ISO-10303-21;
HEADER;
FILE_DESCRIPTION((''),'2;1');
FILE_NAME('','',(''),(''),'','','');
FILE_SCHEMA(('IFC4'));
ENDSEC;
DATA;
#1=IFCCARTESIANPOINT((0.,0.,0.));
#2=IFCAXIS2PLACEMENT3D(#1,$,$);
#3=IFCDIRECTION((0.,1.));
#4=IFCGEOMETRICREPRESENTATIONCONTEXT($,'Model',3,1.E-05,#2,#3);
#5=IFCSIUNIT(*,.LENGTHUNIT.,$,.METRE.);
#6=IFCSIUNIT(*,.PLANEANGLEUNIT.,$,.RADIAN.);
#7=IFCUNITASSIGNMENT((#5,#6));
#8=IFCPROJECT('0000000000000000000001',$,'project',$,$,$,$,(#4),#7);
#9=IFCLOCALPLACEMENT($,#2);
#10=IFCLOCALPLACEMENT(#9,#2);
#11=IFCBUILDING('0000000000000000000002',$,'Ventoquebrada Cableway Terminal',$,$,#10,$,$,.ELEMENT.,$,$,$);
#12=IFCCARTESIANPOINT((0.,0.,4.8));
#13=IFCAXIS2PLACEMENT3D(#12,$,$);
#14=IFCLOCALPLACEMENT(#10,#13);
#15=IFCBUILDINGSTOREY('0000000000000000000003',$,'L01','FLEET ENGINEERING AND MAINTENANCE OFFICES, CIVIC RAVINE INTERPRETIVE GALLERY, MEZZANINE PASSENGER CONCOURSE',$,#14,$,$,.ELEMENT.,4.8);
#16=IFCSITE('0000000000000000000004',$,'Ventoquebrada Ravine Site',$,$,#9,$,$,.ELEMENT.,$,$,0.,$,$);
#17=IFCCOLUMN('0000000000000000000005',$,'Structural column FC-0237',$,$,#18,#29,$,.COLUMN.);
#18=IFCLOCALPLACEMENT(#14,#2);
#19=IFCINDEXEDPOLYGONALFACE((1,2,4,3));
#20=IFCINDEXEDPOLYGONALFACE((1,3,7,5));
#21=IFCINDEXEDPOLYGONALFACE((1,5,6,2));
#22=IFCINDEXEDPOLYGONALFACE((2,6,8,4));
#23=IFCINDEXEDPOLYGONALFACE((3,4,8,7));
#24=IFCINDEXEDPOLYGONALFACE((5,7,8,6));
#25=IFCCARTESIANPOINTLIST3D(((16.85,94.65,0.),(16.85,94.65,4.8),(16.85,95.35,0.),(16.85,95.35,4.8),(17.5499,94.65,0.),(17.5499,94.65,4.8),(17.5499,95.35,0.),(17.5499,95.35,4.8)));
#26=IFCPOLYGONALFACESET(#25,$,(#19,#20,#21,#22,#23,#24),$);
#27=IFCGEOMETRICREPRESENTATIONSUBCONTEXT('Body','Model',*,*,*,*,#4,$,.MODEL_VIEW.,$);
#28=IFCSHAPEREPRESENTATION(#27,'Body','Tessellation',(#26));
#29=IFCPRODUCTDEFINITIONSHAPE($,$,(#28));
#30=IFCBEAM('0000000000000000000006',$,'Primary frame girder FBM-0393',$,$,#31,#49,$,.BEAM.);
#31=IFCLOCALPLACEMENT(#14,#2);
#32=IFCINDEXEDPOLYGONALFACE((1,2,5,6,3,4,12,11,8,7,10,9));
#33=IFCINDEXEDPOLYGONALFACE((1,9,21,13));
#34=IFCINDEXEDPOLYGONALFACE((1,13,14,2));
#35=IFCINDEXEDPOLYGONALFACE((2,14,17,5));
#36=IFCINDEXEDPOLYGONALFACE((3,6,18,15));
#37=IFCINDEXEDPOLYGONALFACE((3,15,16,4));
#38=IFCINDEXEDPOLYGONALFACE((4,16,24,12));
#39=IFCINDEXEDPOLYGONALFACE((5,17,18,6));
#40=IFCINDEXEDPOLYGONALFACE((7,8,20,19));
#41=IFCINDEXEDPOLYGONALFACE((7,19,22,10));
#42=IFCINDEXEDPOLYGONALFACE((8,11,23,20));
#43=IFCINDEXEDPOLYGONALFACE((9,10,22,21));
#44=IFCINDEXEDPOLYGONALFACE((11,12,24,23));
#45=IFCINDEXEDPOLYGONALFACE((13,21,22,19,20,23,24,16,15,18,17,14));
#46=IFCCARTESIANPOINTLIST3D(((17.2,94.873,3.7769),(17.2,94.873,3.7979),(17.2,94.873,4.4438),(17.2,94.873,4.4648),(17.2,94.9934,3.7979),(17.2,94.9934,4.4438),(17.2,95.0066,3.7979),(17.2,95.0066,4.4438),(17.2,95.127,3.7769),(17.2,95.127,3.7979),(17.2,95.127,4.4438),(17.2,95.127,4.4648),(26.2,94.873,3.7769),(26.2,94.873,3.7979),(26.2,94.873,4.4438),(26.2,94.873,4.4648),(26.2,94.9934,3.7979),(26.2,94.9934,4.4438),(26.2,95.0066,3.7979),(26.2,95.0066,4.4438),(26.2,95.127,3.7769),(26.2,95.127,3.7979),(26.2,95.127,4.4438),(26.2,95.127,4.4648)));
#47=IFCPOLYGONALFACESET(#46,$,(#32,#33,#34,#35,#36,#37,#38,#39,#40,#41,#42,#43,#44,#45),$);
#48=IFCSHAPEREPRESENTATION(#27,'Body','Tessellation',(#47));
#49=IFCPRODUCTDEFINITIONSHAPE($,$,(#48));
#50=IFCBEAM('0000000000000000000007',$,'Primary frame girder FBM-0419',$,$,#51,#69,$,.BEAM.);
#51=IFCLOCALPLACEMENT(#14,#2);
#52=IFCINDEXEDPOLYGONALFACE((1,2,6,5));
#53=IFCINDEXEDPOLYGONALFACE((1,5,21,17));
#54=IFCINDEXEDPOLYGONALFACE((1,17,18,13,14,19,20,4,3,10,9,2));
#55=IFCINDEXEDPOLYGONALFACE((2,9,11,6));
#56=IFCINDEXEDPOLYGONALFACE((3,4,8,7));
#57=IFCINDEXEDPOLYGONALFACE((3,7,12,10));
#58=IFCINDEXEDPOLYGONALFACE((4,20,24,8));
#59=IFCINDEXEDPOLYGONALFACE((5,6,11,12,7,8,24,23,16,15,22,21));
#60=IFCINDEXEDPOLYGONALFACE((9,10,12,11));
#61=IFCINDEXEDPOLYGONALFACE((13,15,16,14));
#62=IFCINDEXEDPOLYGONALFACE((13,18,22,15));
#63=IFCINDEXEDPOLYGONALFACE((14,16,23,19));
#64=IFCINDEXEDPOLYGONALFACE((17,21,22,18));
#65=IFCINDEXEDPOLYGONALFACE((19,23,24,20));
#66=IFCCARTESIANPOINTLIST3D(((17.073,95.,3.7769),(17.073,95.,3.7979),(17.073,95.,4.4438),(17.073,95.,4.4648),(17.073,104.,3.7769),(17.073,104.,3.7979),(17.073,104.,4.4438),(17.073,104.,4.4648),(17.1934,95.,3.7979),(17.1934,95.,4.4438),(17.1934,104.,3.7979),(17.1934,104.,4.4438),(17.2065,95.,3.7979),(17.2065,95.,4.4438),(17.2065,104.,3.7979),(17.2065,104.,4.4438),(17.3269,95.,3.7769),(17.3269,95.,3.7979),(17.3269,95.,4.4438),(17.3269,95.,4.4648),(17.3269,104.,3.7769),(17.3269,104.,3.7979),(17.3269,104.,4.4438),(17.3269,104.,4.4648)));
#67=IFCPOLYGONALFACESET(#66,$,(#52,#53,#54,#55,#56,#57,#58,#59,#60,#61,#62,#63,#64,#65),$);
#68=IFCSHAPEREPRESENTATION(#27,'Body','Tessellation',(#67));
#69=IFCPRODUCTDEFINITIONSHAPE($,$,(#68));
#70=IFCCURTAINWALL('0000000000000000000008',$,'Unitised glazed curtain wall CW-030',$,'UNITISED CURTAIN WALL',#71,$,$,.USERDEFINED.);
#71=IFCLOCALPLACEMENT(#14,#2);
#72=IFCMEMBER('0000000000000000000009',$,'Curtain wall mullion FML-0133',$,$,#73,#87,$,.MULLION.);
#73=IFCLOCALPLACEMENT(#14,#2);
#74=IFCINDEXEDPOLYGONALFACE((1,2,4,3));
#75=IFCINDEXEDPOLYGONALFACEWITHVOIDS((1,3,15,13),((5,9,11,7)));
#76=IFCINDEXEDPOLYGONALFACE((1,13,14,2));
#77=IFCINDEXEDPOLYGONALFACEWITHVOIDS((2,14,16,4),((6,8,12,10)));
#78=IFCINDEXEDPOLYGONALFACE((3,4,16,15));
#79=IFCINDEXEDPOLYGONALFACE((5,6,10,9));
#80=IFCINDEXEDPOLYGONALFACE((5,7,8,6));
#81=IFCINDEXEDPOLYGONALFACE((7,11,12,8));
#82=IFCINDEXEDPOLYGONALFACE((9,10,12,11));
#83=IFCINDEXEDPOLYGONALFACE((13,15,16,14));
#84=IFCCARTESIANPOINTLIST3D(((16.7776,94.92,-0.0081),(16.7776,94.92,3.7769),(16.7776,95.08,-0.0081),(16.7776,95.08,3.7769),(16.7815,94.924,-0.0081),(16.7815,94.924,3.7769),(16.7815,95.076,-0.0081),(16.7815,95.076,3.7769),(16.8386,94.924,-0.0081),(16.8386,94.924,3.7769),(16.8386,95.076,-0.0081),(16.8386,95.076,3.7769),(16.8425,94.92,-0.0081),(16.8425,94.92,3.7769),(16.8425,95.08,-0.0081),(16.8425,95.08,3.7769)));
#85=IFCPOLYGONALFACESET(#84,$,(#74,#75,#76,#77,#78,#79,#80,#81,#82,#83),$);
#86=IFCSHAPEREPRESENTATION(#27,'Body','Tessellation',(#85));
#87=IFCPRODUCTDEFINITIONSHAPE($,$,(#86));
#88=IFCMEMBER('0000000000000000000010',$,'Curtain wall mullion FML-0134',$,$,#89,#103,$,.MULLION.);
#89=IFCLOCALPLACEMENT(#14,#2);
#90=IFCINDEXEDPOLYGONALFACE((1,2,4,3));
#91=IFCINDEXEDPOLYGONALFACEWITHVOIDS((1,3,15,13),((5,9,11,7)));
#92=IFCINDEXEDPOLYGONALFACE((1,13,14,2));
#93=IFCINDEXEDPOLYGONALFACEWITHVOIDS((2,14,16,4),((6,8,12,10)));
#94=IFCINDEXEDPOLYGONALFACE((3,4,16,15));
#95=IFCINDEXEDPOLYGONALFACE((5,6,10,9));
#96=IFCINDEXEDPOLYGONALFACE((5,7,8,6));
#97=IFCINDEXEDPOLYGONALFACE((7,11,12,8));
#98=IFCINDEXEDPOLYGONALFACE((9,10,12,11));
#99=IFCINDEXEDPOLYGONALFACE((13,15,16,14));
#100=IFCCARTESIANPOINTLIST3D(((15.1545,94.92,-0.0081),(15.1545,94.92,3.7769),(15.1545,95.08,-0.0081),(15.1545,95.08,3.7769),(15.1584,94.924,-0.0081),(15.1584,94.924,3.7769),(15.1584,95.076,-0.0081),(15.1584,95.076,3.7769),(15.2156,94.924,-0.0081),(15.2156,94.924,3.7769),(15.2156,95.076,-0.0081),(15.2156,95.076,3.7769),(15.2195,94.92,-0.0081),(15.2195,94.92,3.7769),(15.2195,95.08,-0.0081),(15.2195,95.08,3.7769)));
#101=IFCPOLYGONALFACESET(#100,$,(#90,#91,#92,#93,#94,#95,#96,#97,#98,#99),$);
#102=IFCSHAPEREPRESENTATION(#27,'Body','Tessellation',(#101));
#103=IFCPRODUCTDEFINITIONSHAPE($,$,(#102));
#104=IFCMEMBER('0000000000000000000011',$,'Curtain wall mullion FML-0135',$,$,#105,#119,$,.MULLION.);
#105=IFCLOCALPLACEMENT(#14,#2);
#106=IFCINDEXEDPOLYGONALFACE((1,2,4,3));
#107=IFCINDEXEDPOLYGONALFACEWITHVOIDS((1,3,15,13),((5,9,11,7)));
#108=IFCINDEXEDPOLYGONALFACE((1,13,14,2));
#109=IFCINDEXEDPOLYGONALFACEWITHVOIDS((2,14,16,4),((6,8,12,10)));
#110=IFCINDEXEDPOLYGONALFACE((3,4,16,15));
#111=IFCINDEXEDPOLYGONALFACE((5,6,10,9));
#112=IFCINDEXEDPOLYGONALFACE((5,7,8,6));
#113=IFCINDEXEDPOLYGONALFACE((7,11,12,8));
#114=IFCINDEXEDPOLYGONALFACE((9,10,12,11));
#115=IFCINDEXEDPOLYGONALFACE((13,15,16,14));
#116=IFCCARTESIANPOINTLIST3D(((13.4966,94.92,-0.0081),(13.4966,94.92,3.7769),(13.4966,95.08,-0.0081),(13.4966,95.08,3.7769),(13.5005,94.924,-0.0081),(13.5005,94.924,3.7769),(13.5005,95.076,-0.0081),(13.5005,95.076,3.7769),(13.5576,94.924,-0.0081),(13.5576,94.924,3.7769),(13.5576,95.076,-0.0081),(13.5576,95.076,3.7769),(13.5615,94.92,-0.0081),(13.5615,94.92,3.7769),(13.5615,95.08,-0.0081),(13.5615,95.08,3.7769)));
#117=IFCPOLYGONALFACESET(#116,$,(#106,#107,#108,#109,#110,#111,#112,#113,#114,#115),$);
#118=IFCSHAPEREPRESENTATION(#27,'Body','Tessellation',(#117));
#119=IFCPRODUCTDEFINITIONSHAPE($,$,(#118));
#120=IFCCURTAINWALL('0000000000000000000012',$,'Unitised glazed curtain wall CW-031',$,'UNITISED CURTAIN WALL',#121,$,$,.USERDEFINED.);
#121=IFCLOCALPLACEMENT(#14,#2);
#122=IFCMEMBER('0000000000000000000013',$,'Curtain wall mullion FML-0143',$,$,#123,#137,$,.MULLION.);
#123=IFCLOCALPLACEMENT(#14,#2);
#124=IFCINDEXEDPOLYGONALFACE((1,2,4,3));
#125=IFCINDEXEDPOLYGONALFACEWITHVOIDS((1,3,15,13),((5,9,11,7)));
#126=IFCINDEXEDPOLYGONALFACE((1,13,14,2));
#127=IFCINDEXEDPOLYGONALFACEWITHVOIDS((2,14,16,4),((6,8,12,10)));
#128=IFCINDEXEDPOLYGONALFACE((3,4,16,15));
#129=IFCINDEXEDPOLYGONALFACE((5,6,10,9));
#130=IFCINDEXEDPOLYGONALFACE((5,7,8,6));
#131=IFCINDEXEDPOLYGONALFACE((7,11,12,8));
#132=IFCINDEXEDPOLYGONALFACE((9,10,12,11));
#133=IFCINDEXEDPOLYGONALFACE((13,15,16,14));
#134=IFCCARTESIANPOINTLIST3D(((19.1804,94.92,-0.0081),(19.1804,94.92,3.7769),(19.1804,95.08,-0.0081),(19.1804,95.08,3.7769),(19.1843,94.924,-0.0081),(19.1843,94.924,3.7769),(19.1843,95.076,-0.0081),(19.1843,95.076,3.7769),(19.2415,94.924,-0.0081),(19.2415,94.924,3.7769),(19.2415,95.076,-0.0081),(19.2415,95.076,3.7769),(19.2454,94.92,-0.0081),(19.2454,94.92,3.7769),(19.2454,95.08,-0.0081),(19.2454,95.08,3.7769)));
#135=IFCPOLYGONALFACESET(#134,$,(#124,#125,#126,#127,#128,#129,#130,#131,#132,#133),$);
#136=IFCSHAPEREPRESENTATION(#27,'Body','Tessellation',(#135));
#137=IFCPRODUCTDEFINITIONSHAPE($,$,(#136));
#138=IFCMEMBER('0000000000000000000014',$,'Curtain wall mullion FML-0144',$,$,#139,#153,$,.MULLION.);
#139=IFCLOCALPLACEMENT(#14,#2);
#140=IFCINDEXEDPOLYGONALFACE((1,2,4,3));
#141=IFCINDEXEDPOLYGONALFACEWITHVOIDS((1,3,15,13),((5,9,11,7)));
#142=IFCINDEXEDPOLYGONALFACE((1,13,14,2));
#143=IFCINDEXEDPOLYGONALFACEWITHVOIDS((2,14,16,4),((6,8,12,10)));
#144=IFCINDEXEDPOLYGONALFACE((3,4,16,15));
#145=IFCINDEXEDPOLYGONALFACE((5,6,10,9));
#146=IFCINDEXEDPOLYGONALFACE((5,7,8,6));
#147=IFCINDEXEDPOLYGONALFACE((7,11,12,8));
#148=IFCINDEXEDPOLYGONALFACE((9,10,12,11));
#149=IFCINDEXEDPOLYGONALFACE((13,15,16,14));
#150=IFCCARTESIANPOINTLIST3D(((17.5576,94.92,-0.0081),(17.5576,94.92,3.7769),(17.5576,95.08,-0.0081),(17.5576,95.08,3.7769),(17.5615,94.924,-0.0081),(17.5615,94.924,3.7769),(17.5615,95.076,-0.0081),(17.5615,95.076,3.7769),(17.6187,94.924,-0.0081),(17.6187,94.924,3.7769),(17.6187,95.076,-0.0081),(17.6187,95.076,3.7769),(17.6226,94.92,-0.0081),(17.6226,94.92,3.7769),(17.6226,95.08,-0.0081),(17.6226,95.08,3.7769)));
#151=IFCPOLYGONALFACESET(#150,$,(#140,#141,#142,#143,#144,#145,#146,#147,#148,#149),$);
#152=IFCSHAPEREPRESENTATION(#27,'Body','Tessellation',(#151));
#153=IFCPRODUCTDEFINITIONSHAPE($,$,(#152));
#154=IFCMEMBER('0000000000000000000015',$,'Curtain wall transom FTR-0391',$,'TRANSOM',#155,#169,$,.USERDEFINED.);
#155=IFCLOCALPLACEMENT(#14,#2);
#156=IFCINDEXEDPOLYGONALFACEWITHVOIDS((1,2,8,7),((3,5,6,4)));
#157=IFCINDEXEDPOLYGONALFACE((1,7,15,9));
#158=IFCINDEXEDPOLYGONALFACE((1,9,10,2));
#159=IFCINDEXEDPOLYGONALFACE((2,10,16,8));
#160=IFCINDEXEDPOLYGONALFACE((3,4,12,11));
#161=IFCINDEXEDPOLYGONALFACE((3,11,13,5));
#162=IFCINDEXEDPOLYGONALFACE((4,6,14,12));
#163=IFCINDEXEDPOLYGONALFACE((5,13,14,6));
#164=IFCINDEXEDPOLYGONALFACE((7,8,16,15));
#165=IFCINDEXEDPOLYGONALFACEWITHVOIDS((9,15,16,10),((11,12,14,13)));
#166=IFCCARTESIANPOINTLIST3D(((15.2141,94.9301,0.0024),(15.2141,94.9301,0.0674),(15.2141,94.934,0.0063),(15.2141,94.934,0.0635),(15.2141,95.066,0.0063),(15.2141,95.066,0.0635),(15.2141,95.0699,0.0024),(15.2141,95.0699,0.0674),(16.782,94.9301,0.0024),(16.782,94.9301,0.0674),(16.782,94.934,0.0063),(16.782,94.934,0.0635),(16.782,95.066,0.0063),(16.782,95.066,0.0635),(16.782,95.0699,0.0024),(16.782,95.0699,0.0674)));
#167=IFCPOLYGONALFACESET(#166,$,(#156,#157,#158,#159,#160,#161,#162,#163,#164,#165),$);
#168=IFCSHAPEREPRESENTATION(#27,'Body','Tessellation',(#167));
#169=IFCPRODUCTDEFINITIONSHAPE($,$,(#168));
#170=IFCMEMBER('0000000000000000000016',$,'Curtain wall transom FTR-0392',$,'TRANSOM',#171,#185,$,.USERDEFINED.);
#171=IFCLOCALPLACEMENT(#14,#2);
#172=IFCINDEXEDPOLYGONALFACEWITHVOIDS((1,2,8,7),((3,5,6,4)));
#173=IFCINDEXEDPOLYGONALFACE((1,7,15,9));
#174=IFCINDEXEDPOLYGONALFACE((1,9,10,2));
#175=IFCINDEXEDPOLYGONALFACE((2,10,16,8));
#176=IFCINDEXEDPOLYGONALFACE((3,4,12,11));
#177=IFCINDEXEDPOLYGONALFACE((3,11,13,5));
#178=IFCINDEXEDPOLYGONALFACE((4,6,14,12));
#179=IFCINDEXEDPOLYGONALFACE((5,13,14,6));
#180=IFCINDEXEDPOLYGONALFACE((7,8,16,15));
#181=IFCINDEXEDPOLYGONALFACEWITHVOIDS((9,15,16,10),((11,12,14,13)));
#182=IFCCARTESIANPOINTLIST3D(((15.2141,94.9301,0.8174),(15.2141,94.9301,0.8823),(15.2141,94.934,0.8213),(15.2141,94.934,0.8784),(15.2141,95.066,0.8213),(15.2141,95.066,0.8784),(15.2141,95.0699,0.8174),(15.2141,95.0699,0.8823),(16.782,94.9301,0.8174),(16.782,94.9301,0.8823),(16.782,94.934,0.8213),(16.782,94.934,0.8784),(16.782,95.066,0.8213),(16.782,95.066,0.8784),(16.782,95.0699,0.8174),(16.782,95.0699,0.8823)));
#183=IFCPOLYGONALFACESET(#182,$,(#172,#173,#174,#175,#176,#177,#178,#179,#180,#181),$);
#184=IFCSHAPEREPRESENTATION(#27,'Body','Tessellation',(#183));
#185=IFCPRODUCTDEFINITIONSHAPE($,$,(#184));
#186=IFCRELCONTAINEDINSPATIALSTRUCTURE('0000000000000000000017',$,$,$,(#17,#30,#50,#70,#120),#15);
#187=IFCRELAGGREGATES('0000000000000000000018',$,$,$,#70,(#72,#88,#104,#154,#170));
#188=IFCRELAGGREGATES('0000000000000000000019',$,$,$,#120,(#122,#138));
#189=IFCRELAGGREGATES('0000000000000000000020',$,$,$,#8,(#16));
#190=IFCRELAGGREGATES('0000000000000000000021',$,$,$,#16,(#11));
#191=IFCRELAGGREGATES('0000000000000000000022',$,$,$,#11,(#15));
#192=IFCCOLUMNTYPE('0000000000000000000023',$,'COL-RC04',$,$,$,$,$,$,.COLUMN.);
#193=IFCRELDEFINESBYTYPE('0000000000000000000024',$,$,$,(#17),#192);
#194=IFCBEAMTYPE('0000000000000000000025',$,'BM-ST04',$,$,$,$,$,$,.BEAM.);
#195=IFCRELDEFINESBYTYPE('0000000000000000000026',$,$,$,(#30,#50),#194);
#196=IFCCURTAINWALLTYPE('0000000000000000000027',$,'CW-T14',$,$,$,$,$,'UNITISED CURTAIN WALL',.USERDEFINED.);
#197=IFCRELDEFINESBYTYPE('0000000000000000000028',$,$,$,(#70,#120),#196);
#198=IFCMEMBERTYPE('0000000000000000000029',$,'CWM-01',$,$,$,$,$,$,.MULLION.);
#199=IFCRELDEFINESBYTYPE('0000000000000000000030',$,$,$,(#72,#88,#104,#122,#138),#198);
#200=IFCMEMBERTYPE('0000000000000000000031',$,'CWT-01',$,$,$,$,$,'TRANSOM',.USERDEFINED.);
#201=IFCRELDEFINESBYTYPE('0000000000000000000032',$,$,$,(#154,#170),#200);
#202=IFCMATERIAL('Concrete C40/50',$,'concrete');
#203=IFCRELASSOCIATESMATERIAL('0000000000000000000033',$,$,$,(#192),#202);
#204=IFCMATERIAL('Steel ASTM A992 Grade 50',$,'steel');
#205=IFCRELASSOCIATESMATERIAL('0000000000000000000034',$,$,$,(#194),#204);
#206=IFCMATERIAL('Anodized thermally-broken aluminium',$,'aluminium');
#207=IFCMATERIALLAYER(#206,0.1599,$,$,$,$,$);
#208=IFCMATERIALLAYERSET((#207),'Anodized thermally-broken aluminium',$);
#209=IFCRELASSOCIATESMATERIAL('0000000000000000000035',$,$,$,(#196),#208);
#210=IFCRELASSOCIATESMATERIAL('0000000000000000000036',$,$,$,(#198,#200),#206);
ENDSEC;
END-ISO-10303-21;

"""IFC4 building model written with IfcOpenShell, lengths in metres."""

from ifc_helpers import new_model, si_unit, direction, frame, origin, origin_2d, place, context, subcontext, project, spatial, rectangle, hollow_rectangle, i_section, extrude, material, layer, layer_set, material_profile, profile_set, type_object, element, aggregate, save


model = new_model("IFC4")

# Units and contexts
model_context = context("Model", 3, precision=1e-05, world=origin(), true_north=direction((0.0, 1.0)))
body_context = subcontext(model_context, "Body", "Model", "MODEL_VIEW")
ifc_project = project(units=[si_unit("LENGTHUNIT", "METRE"), si_unit("PLANEANGLEUNIT", "RADIAN")], contexts=[model_context])

# Site, building, storey
site_placement = place(None, origin())
site = spatial("IfcSite", under=ifc_project, at=site_placement, Name="Ventoquebrada Ravine Site", CompositionType="ELEMENT", RefElevation=0.0)
building_placement = place(site_placement, origin())
building = spatial("IfcBuilding", under=site, at=building_placement, Name="Ventoquebrada Cableway Terminal", CompositionType="ELEMENT")
storey_placement = place(building_placement, frame((0.0, 0.0, 4.8)))
storey = spatial("IfcBuildingStorey", under=building, at=storey_placement, Name="L01", Description="FLEET ENGINEERING AND MAINTENANCE OFFICES, CIVIC RAVINE INTERPRETIVE GALLERY, MEZZANINE PASSENGER CONCOURSE", CompositionType="ELEMENT", Elevation=4.8)

# Column
ifc_material_1 = material(Name="Concrete C40/50", Category="concrete")
ifc_material_profile_1 = material_profile(ifc_material_1, rectangle(XDim=0.7, YDim=0.7, at=origin_2d()), Name="RC-COL-700X700")
ifc_profile_set_1 = profile_set([ifc_material_profile_1], Name="Concrete C40/50")
column_type = type_object("IfcColumnType", Name="COL-RC04", PredefinedType="COLUMN", material=ifc_profile_set_1)
column_placement = place(storey_placement, frame((17.2, 95.0, 0.0), z_axis=(0.0, 0.0, 1.0), x_axis=(1.0, 0.0, 0.0)))
element("IfcColumn", 1, at=column_placement, inside=storey, type_object=column_type, Name="Structural column FC-0237", PredefinedType="COLUMN", context=body_context, shape_type="SweptSolid", body=[
    extrude(rectangle(XDim=0.7, YDim=0.7, at=origin_2d()), origin(), (0.0, 0.0, 1.0), 4.8),
])

# Beams
ifc_material_2 = material(Name="Steel ASTM A992 Grade 50", Category="steel")
ifc_material_profile_2 = material_profile(ifc_material_2, i_section(OverallWidth=0.2539, OverallDepth=0.688, WebThickness=0.0132, FlangeThickness=0.021, at=origin_2d()), Name="W27X102")
ifc_profile_set_2 = profile_set([ifc_material_profile_2], Name="Steel ASTM A992 Grade 50")
beam_type = type_object("IfcBeamType", Name="BM-ST04", PredefinedType="BEAM", material=ifc_profile_set_2)
for number, where, z_axis, x_axis, name in (
    (2, (17.2, 95.0, 4.1208), (1.0, 0.0, 0.0), (0.0, 1.0, 0.0), "Primary frame girder FBM-0393"),
    (3, (17.2, 95.0, 4.1208), (0.0, 1.0, 0.0), (-1.0, 0.0, 0.0), "Primary frame girder FBM-0419"),
):
    element("IfcBeam", number, at=place(storey_placement, frame(where, z_axis=z_axis, x_axis=x_axis)), inside=storey, type_object=beam_type, Name=name, PredefinedType="BEAM", context=body_context, shape_type="SweptSolid", body=[
        extrude(i_section(OverallWidth=0.2539, OverallDepth=0.688, WebThickness=0.0132, FlangeThickness=0.021, at=origin_2d()), origin(), (0.0, 0.0, 1.0), 9.0),
    ])

# Curtain walls, members
ifc_material_3 = material(Name="Anodized thermally-broken aluminium", Category="aluminium")
ifc_layer_1 = layer(ifc_material_3, 0.1599)
ifc_layer_set_1 = layer_set([ifc_layer_1], Name="Anodized thermally-broken aluminium")
curtain_wall_type = type_object("IfcCurtainWallType", Name="CW-T14", ElementType="UNITISED CURTAIN WALL", PredefinedType="USERDEFINED", material=ifc_layer_set_1)
curtain_wall_1_placement = place(storey_placement, origin())
curtain_wall_1 = element("IfcCurtainWall", 4, at=curtain_wall_1_placement, inside=storey, type_object=curtain_wall_type, Name="Unitised glazed curtain wall CW-030", ObjectType="UNITISED CURTAIN WALL", PredefinedType="USERDEFINED")
ifc_material_profile_3 = material_profile(ifc_material_3, hollow_rectangle(XDim=0.0649, YDim=0.1599, WallThickness=0.0039, at=origin_2d()), Name="CW-MUL-65X160")
ifc_profile_set_3 = profile_set([ifc_material_profile_3], Name="Anodized thermally-broken aluminium")
member_type_1 = type_object("IfcMemberType", Name="CWM-01", PredefinedType="MULLION", material=ifc_profile_set_3)
member_1_placement = place(storey_placement, frame((16.8101, 95.0, -0.0081), z_axis=(0.0, 0.0, 1.0), x_axis=(-1.0, 0.0, 0.0)))
member_1 = element("IfcMember", 5, at=member_1_placement, type_object=member_type_1, Name="Curtain wall mullion FML-0133", PredefinedType="MULLION", context=body_context, shape_type="SweptSolid", body=[
    extrude(hollow_rectangle(XDim=0.0649, YDim=0.1599, WallThickness=0.0039, at=origin_2d()), origin(), (0.0, 0.0, 1.0), 3.7849),
])
member_2_placement = place(storey_placement, frame((15.187, 95.0, -0.0081), z_axis=(0.0, 0.0, 1.0), x_axis=(-1.0, 0.0, 0.0)))
member_2 = element("IfcMember", 6, at=member_2_placement, type_object=member_type_1, Name="Curtain wall mullion FML-0134", PredefinedType="MULLION", context=body_context, shape_type="SweptSolid", body=[
    extrude(hollow_rectangle(XDim=0.0649, YDim=0.1599, WallThickness=0.0039, at=origin_2d()), origin(), (0.0, 0.0, 1.0), 3.7849),
])
member_3_placement = place(storey_placement, frame((13.5291, 95.0, -0.0081), z_axis=(0.0, 0.0, 1.0), x_axis=(-1.0, 0.0, 0.0)))
member_3 = element("IfcMember", 7, at=member_3_placement, type_object=member_type_1, Name="Curtain wall mullion FML-0135", PredefinedType="MULLION", context=body_context, shape_type="SweptSolid", body=[
    extrude(hollow_rectangle(XDim=0.0649, YDim=0.1599, WallThickness=0.0039, at=origin_2d()), origin(), (0.0, 0.0, 1.0), 3.7849),
])
curtain_wall_2_placement = place(storey_placement, origin())
curtain_wall_2 = element("IfcCurtainWall", 8, at=curtain_wall_2_placement, inside=storey, type_object=curtain_wall_type, Name="Unitised glazed curtain wall CW-031", ObjectType="UNITISED CURTAIN WALL", PredefinedType="USERDEFINED")
member_4_placement = place(storey_placement, frame((19.2129, 95.0, -0.0081), z_axis=(0.0, 0.0, 1.0), x_axis=(-1.0, 0.0, 0.0)))
member_4 = element("IfcMember", 9, at=member_4_placement, type_object=member_type_1, Name="Curtain wall mullion FML-0143", PredefinedType="MULLION", context=body_context, shape_type="SweptSolid", body=[
    extrude(hollow_rectangle(XDim=0.0649, YDim=0.1599, WallThickness=0.0039, at=origin_2d()), origin(), (0.0, 0.0, 1.0), 3.7849),
])
member_5_placement = place(storey_placement, frame((17.5901, 95.0, -0.0081), z_axis=(0.0, 0.0, 1.0), x_axis=(-1.0, 0.0, 0.0)))
member_5 = element("IfcMember", 10, at=member_5_placement, type_object=member_type_1, Name="Curtain wall mullion FML-0144", PredefinedType="MULLION", context=body_context, shape_type="SweptSolid", body=[
    extrude(hollow_rectangle(XDim=0.0649, YDim=0.1599, WallThickness=0.0039, at=origin_2d()), origin(), (0.0, 0.0, 1.0), 3.7849),
])

# Members
ifc_material_profile_4 = material_profile(ifc_material_3, hollow_rectangle(XDim=0.0649, YDim=0.1399, WallThickness=0.0039, at=origin_2d()), Name="CW-TRN-65X140")
ifc_profile_set_4 = profile_set([ifc_material_profile_4], Name="Anodized thermally-broken aluminium")
member_type_2 = type_object("IfcMemberType", Name="CWT-01", ElementType="TRANSOM", PredefinedType="USERDEFINED", material=ifc_profile_set_4)
member_6_placement = place(storey_placement, frame((16.782, 95.0, 0.0349), z_axis=(-1.0, 0.0, 0.0), x_axis=(0.0, 0.0, 1.0)))
member_6 = element("IfcMember", 11, at=member_6_placement, type_object=member_type_2, Name="Curtain wall transom FTR-0391", ObjectType="TRANSOM", PredefinedType="USERDEFINED", context=body_context, shape_type="SweptSolid", body=[
    extrude(hollow_rectangle(XDim=0.0649, YDim=0.1399, WallThickness=0.0039, at=origin_2d()), origin(), (0.0, 0.0, 1.0), 1.5679),
])
member_7_placement = place(storey_placement, frame((16.782, 95.0, 0.8499), z_axis=(-1.0, 0.0, 0.0), x_axis=(0.0, 0.0, 1.0)))
member_7 = element("IfcMember", 12, at=member_7_placement, type_object=member_type_2, Name="Curtain wall transom FTR-0392", ObjectType="TRANSOM", PredefinedType="USERDEFINED", context=body_context, shape_type="SweptSolid", body=[
    extrude(hollow_rectangle(XDim=0.0649, YDim=0.1399, WallThickness=0.0039, at=origin_2d()), origin(), (0.0, 0.0, 1.0), 1.5679),
])

aggregate(curtain_wall_1, [member_1, member_2, member_3, member_6, member_7])
aggregate(curtain_wall_2, [member_4, member_5])

save(model, "model.ifc")
